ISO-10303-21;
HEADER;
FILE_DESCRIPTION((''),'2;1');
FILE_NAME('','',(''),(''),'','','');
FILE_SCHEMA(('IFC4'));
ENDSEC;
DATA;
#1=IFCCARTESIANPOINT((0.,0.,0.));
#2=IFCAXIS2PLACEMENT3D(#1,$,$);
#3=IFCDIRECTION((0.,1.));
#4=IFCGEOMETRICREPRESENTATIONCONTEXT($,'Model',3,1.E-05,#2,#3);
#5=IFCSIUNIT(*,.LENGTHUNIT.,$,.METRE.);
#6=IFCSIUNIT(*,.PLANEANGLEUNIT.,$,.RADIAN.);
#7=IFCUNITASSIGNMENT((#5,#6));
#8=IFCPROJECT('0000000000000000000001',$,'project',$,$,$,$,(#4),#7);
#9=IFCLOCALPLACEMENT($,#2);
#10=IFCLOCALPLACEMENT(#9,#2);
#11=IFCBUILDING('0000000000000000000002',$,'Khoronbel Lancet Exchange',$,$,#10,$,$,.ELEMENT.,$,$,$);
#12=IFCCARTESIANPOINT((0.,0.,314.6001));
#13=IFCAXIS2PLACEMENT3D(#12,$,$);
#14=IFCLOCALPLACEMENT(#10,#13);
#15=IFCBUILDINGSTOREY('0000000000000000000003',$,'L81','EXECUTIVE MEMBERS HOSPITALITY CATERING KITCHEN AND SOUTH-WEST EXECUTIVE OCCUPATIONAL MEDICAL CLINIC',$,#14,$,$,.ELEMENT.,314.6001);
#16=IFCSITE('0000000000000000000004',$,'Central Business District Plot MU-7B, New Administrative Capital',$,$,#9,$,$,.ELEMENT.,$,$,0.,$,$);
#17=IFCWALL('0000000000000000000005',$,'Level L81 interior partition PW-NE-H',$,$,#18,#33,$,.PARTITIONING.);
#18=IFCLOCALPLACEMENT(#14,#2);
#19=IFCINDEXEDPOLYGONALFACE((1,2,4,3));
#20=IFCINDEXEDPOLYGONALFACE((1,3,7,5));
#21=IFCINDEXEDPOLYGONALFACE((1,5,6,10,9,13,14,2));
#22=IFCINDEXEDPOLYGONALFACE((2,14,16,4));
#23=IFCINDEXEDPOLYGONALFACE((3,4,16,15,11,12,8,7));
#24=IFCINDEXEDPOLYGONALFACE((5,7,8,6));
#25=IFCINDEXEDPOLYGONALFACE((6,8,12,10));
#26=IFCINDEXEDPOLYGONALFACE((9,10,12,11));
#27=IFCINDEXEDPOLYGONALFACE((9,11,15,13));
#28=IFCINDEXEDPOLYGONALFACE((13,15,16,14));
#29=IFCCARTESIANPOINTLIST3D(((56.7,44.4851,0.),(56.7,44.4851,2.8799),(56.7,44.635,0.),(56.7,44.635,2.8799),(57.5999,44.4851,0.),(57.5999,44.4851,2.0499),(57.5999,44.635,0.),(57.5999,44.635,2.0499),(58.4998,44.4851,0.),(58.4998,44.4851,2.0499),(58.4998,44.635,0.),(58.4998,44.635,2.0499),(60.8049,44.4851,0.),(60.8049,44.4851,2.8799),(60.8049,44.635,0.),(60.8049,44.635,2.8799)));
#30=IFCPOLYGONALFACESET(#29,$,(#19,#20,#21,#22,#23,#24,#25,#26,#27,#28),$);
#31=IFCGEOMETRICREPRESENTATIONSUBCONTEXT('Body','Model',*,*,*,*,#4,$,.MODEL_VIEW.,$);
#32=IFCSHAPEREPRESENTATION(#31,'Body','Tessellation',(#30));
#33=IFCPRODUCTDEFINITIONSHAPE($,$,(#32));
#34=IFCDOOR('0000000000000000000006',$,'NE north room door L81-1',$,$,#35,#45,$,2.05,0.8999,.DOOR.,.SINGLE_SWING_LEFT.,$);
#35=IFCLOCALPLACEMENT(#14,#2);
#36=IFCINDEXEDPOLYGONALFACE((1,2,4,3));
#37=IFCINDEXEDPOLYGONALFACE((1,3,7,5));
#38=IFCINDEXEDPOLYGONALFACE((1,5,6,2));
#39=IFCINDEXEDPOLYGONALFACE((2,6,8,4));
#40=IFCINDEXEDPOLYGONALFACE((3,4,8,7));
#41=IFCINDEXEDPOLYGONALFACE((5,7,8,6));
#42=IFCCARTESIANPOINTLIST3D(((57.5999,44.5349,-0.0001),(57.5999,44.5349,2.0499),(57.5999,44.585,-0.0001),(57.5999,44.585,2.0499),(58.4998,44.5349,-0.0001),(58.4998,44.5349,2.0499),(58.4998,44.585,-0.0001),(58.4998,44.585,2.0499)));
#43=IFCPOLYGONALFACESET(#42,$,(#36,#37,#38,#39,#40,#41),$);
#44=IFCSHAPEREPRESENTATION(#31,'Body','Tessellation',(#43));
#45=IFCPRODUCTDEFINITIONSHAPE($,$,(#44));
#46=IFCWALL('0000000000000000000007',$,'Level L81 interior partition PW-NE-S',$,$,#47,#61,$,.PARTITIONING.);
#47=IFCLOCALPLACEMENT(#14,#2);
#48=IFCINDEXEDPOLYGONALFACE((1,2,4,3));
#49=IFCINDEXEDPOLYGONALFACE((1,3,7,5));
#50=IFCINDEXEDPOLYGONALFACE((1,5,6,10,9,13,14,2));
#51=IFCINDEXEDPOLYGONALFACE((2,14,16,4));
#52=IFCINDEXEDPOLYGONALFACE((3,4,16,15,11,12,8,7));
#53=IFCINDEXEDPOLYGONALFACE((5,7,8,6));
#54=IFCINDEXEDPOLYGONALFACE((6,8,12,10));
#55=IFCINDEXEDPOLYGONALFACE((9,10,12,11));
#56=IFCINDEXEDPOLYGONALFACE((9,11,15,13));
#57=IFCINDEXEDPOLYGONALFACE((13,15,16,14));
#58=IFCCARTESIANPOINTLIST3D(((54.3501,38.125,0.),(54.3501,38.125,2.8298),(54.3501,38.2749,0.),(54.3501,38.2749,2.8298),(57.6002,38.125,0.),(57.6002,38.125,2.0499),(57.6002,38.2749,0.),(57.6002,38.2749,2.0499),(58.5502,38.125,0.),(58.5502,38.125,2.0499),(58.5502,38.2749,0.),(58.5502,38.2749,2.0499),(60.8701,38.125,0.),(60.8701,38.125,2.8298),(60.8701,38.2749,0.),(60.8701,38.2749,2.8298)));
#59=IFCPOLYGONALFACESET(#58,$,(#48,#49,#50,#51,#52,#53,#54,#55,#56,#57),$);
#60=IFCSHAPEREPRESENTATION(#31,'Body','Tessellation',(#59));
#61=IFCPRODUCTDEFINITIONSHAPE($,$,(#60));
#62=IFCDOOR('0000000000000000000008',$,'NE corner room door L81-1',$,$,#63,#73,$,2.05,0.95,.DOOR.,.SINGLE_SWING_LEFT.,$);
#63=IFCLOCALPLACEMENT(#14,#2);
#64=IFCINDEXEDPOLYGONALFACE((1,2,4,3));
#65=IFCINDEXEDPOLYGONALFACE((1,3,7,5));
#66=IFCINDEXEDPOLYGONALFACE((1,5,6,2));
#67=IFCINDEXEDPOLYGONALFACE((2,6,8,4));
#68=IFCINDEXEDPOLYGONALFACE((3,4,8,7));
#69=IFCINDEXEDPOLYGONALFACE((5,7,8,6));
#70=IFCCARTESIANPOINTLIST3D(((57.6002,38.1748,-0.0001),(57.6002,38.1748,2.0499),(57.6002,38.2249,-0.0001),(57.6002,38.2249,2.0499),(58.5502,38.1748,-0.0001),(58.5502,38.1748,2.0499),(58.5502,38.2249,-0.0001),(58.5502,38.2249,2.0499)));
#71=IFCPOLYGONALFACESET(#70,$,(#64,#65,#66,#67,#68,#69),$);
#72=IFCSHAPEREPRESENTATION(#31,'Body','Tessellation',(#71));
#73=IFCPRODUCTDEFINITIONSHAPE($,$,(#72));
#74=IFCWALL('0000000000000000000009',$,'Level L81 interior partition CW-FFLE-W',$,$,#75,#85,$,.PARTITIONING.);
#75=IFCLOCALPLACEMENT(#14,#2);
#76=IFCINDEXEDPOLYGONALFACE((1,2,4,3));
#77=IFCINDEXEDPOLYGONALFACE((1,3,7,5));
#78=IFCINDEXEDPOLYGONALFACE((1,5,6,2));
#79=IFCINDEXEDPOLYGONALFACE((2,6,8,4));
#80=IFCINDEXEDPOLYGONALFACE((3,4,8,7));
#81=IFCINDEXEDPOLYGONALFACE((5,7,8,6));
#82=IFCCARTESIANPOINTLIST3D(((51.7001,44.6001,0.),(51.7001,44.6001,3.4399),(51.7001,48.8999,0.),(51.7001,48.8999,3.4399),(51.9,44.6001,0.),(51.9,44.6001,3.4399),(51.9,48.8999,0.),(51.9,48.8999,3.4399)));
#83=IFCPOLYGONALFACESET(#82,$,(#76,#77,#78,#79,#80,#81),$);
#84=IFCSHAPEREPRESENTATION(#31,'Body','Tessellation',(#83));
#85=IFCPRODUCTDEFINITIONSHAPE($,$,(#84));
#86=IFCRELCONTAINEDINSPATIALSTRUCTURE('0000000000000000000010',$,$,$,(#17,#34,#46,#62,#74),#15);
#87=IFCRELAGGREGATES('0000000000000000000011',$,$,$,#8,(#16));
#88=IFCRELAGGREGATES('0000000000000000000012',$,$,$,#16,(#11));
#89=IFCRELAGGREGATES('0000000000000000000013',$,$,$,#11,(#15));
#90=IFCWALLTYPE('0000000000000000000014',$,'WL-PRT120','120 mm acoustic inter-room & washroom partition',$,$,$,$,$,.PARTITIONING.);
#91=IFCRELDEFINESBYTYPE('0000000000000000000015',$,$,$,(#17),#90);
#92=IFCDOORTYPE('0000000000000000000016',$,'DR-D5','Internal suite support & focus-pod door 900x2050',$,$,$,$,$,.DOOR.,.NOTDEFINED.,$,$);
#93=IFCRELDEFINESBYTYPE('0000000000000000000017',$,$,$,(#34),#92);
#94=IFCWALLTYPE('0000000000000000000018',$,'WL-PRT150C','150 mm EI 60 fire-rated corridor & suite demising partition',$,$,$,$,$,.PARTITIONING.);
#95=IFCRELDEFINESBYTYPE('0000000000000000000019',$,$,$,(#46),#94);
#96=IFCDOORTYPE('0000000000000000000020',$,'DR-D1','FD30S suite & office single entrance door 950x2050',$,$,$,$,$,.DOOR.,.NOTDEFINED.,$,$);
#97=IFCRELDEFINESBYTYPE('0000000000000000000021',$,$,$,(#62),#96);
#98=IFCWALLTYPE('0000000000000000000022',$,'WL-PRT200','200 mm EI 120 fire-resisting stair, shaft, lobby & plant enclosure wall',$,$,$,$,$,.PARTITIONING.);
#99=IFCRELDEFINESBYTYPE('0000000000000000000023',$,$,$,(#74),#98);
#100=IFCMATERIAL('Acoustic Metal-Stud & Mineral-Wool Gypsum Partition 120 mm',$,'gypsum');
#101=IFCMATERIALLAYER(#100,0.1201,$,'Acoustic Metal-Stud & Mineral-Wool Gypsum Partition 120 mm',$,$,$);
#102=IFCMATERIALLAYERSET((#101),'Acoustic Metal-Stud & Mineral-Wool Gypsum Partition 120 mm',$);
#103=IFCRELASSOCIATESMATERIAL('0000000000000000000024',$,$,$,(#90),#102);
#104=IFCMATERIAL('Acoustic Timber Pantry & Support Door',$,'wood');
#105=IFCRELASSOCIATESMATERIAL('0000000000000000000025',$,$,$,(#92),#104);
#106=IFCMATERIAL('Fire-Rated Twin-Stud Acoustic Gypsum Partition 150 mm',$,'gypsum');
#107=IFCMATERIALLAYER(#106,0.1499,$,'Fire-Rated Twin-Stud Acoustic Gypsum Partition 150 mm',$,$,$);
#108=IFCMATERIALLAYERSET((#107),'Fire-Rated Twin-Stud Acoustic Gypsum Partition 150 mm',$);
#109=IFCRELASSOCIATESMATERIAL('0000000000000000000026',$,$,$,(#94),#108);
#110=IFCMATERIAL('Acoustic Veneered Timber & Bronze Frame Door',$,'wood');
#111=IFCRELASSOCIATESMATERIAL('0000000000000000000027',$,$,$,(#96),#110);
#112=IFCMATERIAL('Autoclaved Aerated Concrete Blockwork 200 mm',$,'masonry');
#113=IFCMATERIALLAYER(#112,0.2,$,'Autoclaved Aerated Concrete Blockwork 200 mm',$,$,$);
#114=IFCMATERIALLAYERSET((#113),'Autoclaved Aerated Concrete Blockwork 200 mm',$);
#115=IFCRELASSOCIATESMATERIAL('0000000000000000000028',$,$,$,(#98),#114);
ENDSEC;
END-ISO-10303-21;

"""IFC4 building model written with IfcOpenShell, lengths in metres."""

from ifc_helpers import new_model, si_unit, direction, frame, frame_2d, origin, place, context, subcontext, project, spatial, rectangle, extrude, material, layer, layer_set, type_object, element, fill, save


model = new_model("IFC4")

# Units and contexts
model_context = context("Model", 3, precision=1e-05, world=origin(), true_north=direction((0.0, 1.0)))
body_context = subcontext(model_context, "Body", "Model", "MODEL_VIEW")
ifc_project = project(units=[si_unit("LENGTHUNIT", "METRE"), si_unit("PLANEANGLEUNIT", "RADIAN")], contexts=[model_context])

# Site, building, storey
site_placement = place(None, origin())
site = spatial("IfcSite", under=ifc_project, at=site_placement, Name="Central Business District Plot MU-7B, New Administrative Capital", CompositionType="ELEMENT", RefElevation=0.0)
building_placement = place(site_placement, origin())
building = spatial("IfcBuilding", under=site, at=building_placement, Name="Khoronbel Lancet Exchange", CompositionType="ELEMENT")
storey_placement = place(building_placement, frame((0.0, 0.0, 314.6001)))
storey = spatial("IfcBuildingStorey", under=building, at=storey_placement, Name="L81", Description="EXECUTIVE MEMBERS HOSPITALITY CATERING KITCHEN AND SOUTH-WEST EXECUTIVE OCCUPATIONAL MEDICAL CLINIC", CompositionType="ELEMENT", Elevation=314.6001)

# Shared definitions
ifc_material_1 = material(Name="Acoustic Metal-Stud & Mineral-Wool Gypsum Partition 120 mm", Category="gypsum")
ifc_layer_1 = layer(ifc_material_1, 0.1201, Name="Acoustic Metal-Stud & Mineral-Wool Gypsum Partition 120 mm")
ifc_layer_set_1 = layer_set([ifc_layer_1], Name="Acoustic Metal-Stud & Mineral-Wool Gypsum Partition 120 mm")
wall_type_1 = type_object("IfcWallType", Name="WL-PRT120", Description="120 mm acoustic inter-room & washroom partition", PredefinedType="PARTITIONING", material=ifc_layer_set_1)

# Walls, openings, doors
wall_1_placement = place(storey_placement, frame((56.7, 44.5601, 0.0), z_axis=(0.0, 0.0, 1.0), x_axis=(1.0, 0.0, 0.0)))
wall_1 = element("IfcWall", 1, at=wall_1_placement, inside=storey, type_object=wall_type_1, Name="Level L81 interior partition PW-NE-H", PredefinedType="PARTITIONING", context=body_context, shape_type="SweptSolid", body=[
    extrude(rectangle(XDim=4.105, YDim=0.1499, at=frame_2d((2.0525, 0.0))), origin(), (0.0, 0.0, 1.0), 2.8799),
])
opening_1_placement = place(wall_1_placement, frame((0.8999, 0.0, 0.0)))
opening_1 = element("IfcOpeningElement", 2, at=opening_1_placement, cuts=wall_1, PredefinedType="OPENING", context=body_context, shape_type="SweptSolid", body=[
    extrude(rectangle(XDim=0.8999, YDim=2.05, at=frame_2d((0.45, 1.0249))), frame((0.0, 0.085, 0.0), z_axis=(0.0, -1.0, 0.0), x_axis=(1.0, 0.0, 0.0)), (0.0, 0.0, 1.0), 0.1699),
])
ifc_material_2 = material(Name="Acoustic Timber Pantry & Support Door", Category="wood")
door_type_1 = type_object("IfcDoorType", Name="DR-D5", Description="Internal suite support & focus-pod door 900x2050", OperationType="NOTDEFINED", PredefinedType="DOOR", material=ifc_material_2)
door_1_placement = place(opening_1_placement, origin())
door_1 = element("IfcDoor", 3, at=door_1_placement, inside=storey, type_object=door_type_1, Name="NE north room door L81-1", OperationType="SINGLE_SWING_LEFT", OverallHeight=2.05, OverallWidth=0.8999, PredefinedType="DOOR", context=body_context, shape_type="SweptSolid", body=[
    extrude(rectangle(XDim=0.8999, YDim=2.05, at=frame_2d((0.45, 1.0249))), frame((0.0, 0.0249, 0.0), z_axis=(0.0, -1.0, 0.0), x_axis=(1.0, 0.0, 0.0)), (0.0, 0.0, 1.0), 0.05),
])
fill(opening_1, door_1)
ifc_material_3 = material(Name="Fire-Rated Twin-Stud Acoustic Gypsum Partition 150 mm", Category="gypsum")
ifc_layer_2 = layer(ifc_material_3, 0.1499, Name="Fire-Rated Twin-Stud Acoustic Gypsum Partition 150 mm")
ifc_layer_set_2 = layer_set([ifc_layer_2], Name="Fire-Rated Twin-Stud Acoustic Gypsum Partition 150 mm")
wall_type_2 = type_object("IfcWallType", Name="WL-PRT150C", Description="150 mm EI 60 fire-rated corridor & suite demising partition", PredefinedType="PARTITIONING", material=ifc_layer_set_2)
wall_2_placement = place(storey_placement, frame((54.3501, 38.2, 0.0), z_axis=(0.0, 0.0, 1.0), x_axis=(1.0, 0.0, 0.0)))
wall_2 = element("IfcWall", 4, at=wall_2_placement, inside=storey, type_object=wall_type_2, Name="Level L81 interior partition PW-NE-S", PredefinedType="PARTITIONING", context=body_context, shape_type="SweptSolid", body=[
    extrude(rectangle(XDim=6.52, YDim=0.1499, at=frame_2d((3.26, 0.0))), origin(), (0.0, 0.0, 1.0), 2.8298),
])
opening_2_placement = place(wall_2_placement, frame((3.25, 0.0, 0.0)))
opening_2 = element("IfcOpeningElement", 5, at=opening_2_placement, cuts=wall_2, PredefinedType="OPENING", context=body_context, shape_type="SweptSolid", body=[
    extrude(rectangle(XDim=0.95, YDim=2.05, at=frame_2d((0.4751, 1.0249))), frame((0.0, 0.085, 0.0), z_axis=(0.0, -1.0, 0.0), x_axis=(1.0, 0.0, 0.0)), (0.0, 0.0, 1.0), 0.1699),
])
ifc_material_4 = material(Name="Acoustic Veneered Timber & Bronze Frame Door", Category="wood")
door_type_2 = type_object("IfcDoorType", Name="DR-D1", Description="FD30S suite & office single entrance door 950x2050", OperationType="NOTDEFINED", PredefinedType="DOOR", material=ifc_material_4)
door_2_placement = place(opening_2_placement, origin())
door_2 = element("IfcDoor", 6, at=door_2_placement, inside=storey, type_object=door_type_2, Name="NE corner room door L81-1", OperationType="SINGLE_SWING_LEFT", OverallHeight=2.05, OverallWidth=0.95, PredefinedType="DOOR", context=body_context, shape_type="SweptSolid", body=[
    extrude(rectangle(XDim=0.95, YDim=2.05, at=frame_2d((0.4751, 1.0249))), frame((0.0, 0.0249, 0.0), z_axis=(0.0, -1.0, 0.0), x_axis=(1.0, 0.0, 0.0)), (0.0, 0.0, 1.0), 0.05),
])
fill(opening_2, door_2)

# Wall
ifc_material_5 = material(Name="Autoclaved Aerated Concrete Blockwork 200 mm", Category="masonry")
ifc_layer_3 = layer(ifc_material_5, 0.2, Name="Autoclaved Aerated Concrete Blockwork 200 mm")
ifc_layer_set_3 = layer_set([ifc_layer_3], Name="Autoclaved Aerated Concrete Blockwork 200 mm")
wall_type_3 = type_object("IfcWallType", Name="WL-PRT200", Description="200 mm EI 120 fire-resisting stair, shaft, lobby & plant enclosure wall", PredefinedType="PARTITIONING", material=ifc_layer_set_3)
wall_3_placement = place(storey_placement, frame((51.8, 44.6001, 0.0), z_axis=(0.0, 0.0, 1.0), x_axis=(0.0, 1.0, 0.0)))
element("IfcWall", 7, at=wall_3_placement, inside=storey, type_object=wall_type_3, Name="Level L81 interior partition CW-FFLE-W", PredefinedType="PARTITIONING", context=body_context, shape_type="SweptSolid", body=[
    extrude(rectangle(XDim=4.2998, YDim=0.2, at=frame_2d((2.1499, 0.0))), origin(), (0.0, 0.0, 1.0), 3.4399),
])

save(model, "model.ifc")
